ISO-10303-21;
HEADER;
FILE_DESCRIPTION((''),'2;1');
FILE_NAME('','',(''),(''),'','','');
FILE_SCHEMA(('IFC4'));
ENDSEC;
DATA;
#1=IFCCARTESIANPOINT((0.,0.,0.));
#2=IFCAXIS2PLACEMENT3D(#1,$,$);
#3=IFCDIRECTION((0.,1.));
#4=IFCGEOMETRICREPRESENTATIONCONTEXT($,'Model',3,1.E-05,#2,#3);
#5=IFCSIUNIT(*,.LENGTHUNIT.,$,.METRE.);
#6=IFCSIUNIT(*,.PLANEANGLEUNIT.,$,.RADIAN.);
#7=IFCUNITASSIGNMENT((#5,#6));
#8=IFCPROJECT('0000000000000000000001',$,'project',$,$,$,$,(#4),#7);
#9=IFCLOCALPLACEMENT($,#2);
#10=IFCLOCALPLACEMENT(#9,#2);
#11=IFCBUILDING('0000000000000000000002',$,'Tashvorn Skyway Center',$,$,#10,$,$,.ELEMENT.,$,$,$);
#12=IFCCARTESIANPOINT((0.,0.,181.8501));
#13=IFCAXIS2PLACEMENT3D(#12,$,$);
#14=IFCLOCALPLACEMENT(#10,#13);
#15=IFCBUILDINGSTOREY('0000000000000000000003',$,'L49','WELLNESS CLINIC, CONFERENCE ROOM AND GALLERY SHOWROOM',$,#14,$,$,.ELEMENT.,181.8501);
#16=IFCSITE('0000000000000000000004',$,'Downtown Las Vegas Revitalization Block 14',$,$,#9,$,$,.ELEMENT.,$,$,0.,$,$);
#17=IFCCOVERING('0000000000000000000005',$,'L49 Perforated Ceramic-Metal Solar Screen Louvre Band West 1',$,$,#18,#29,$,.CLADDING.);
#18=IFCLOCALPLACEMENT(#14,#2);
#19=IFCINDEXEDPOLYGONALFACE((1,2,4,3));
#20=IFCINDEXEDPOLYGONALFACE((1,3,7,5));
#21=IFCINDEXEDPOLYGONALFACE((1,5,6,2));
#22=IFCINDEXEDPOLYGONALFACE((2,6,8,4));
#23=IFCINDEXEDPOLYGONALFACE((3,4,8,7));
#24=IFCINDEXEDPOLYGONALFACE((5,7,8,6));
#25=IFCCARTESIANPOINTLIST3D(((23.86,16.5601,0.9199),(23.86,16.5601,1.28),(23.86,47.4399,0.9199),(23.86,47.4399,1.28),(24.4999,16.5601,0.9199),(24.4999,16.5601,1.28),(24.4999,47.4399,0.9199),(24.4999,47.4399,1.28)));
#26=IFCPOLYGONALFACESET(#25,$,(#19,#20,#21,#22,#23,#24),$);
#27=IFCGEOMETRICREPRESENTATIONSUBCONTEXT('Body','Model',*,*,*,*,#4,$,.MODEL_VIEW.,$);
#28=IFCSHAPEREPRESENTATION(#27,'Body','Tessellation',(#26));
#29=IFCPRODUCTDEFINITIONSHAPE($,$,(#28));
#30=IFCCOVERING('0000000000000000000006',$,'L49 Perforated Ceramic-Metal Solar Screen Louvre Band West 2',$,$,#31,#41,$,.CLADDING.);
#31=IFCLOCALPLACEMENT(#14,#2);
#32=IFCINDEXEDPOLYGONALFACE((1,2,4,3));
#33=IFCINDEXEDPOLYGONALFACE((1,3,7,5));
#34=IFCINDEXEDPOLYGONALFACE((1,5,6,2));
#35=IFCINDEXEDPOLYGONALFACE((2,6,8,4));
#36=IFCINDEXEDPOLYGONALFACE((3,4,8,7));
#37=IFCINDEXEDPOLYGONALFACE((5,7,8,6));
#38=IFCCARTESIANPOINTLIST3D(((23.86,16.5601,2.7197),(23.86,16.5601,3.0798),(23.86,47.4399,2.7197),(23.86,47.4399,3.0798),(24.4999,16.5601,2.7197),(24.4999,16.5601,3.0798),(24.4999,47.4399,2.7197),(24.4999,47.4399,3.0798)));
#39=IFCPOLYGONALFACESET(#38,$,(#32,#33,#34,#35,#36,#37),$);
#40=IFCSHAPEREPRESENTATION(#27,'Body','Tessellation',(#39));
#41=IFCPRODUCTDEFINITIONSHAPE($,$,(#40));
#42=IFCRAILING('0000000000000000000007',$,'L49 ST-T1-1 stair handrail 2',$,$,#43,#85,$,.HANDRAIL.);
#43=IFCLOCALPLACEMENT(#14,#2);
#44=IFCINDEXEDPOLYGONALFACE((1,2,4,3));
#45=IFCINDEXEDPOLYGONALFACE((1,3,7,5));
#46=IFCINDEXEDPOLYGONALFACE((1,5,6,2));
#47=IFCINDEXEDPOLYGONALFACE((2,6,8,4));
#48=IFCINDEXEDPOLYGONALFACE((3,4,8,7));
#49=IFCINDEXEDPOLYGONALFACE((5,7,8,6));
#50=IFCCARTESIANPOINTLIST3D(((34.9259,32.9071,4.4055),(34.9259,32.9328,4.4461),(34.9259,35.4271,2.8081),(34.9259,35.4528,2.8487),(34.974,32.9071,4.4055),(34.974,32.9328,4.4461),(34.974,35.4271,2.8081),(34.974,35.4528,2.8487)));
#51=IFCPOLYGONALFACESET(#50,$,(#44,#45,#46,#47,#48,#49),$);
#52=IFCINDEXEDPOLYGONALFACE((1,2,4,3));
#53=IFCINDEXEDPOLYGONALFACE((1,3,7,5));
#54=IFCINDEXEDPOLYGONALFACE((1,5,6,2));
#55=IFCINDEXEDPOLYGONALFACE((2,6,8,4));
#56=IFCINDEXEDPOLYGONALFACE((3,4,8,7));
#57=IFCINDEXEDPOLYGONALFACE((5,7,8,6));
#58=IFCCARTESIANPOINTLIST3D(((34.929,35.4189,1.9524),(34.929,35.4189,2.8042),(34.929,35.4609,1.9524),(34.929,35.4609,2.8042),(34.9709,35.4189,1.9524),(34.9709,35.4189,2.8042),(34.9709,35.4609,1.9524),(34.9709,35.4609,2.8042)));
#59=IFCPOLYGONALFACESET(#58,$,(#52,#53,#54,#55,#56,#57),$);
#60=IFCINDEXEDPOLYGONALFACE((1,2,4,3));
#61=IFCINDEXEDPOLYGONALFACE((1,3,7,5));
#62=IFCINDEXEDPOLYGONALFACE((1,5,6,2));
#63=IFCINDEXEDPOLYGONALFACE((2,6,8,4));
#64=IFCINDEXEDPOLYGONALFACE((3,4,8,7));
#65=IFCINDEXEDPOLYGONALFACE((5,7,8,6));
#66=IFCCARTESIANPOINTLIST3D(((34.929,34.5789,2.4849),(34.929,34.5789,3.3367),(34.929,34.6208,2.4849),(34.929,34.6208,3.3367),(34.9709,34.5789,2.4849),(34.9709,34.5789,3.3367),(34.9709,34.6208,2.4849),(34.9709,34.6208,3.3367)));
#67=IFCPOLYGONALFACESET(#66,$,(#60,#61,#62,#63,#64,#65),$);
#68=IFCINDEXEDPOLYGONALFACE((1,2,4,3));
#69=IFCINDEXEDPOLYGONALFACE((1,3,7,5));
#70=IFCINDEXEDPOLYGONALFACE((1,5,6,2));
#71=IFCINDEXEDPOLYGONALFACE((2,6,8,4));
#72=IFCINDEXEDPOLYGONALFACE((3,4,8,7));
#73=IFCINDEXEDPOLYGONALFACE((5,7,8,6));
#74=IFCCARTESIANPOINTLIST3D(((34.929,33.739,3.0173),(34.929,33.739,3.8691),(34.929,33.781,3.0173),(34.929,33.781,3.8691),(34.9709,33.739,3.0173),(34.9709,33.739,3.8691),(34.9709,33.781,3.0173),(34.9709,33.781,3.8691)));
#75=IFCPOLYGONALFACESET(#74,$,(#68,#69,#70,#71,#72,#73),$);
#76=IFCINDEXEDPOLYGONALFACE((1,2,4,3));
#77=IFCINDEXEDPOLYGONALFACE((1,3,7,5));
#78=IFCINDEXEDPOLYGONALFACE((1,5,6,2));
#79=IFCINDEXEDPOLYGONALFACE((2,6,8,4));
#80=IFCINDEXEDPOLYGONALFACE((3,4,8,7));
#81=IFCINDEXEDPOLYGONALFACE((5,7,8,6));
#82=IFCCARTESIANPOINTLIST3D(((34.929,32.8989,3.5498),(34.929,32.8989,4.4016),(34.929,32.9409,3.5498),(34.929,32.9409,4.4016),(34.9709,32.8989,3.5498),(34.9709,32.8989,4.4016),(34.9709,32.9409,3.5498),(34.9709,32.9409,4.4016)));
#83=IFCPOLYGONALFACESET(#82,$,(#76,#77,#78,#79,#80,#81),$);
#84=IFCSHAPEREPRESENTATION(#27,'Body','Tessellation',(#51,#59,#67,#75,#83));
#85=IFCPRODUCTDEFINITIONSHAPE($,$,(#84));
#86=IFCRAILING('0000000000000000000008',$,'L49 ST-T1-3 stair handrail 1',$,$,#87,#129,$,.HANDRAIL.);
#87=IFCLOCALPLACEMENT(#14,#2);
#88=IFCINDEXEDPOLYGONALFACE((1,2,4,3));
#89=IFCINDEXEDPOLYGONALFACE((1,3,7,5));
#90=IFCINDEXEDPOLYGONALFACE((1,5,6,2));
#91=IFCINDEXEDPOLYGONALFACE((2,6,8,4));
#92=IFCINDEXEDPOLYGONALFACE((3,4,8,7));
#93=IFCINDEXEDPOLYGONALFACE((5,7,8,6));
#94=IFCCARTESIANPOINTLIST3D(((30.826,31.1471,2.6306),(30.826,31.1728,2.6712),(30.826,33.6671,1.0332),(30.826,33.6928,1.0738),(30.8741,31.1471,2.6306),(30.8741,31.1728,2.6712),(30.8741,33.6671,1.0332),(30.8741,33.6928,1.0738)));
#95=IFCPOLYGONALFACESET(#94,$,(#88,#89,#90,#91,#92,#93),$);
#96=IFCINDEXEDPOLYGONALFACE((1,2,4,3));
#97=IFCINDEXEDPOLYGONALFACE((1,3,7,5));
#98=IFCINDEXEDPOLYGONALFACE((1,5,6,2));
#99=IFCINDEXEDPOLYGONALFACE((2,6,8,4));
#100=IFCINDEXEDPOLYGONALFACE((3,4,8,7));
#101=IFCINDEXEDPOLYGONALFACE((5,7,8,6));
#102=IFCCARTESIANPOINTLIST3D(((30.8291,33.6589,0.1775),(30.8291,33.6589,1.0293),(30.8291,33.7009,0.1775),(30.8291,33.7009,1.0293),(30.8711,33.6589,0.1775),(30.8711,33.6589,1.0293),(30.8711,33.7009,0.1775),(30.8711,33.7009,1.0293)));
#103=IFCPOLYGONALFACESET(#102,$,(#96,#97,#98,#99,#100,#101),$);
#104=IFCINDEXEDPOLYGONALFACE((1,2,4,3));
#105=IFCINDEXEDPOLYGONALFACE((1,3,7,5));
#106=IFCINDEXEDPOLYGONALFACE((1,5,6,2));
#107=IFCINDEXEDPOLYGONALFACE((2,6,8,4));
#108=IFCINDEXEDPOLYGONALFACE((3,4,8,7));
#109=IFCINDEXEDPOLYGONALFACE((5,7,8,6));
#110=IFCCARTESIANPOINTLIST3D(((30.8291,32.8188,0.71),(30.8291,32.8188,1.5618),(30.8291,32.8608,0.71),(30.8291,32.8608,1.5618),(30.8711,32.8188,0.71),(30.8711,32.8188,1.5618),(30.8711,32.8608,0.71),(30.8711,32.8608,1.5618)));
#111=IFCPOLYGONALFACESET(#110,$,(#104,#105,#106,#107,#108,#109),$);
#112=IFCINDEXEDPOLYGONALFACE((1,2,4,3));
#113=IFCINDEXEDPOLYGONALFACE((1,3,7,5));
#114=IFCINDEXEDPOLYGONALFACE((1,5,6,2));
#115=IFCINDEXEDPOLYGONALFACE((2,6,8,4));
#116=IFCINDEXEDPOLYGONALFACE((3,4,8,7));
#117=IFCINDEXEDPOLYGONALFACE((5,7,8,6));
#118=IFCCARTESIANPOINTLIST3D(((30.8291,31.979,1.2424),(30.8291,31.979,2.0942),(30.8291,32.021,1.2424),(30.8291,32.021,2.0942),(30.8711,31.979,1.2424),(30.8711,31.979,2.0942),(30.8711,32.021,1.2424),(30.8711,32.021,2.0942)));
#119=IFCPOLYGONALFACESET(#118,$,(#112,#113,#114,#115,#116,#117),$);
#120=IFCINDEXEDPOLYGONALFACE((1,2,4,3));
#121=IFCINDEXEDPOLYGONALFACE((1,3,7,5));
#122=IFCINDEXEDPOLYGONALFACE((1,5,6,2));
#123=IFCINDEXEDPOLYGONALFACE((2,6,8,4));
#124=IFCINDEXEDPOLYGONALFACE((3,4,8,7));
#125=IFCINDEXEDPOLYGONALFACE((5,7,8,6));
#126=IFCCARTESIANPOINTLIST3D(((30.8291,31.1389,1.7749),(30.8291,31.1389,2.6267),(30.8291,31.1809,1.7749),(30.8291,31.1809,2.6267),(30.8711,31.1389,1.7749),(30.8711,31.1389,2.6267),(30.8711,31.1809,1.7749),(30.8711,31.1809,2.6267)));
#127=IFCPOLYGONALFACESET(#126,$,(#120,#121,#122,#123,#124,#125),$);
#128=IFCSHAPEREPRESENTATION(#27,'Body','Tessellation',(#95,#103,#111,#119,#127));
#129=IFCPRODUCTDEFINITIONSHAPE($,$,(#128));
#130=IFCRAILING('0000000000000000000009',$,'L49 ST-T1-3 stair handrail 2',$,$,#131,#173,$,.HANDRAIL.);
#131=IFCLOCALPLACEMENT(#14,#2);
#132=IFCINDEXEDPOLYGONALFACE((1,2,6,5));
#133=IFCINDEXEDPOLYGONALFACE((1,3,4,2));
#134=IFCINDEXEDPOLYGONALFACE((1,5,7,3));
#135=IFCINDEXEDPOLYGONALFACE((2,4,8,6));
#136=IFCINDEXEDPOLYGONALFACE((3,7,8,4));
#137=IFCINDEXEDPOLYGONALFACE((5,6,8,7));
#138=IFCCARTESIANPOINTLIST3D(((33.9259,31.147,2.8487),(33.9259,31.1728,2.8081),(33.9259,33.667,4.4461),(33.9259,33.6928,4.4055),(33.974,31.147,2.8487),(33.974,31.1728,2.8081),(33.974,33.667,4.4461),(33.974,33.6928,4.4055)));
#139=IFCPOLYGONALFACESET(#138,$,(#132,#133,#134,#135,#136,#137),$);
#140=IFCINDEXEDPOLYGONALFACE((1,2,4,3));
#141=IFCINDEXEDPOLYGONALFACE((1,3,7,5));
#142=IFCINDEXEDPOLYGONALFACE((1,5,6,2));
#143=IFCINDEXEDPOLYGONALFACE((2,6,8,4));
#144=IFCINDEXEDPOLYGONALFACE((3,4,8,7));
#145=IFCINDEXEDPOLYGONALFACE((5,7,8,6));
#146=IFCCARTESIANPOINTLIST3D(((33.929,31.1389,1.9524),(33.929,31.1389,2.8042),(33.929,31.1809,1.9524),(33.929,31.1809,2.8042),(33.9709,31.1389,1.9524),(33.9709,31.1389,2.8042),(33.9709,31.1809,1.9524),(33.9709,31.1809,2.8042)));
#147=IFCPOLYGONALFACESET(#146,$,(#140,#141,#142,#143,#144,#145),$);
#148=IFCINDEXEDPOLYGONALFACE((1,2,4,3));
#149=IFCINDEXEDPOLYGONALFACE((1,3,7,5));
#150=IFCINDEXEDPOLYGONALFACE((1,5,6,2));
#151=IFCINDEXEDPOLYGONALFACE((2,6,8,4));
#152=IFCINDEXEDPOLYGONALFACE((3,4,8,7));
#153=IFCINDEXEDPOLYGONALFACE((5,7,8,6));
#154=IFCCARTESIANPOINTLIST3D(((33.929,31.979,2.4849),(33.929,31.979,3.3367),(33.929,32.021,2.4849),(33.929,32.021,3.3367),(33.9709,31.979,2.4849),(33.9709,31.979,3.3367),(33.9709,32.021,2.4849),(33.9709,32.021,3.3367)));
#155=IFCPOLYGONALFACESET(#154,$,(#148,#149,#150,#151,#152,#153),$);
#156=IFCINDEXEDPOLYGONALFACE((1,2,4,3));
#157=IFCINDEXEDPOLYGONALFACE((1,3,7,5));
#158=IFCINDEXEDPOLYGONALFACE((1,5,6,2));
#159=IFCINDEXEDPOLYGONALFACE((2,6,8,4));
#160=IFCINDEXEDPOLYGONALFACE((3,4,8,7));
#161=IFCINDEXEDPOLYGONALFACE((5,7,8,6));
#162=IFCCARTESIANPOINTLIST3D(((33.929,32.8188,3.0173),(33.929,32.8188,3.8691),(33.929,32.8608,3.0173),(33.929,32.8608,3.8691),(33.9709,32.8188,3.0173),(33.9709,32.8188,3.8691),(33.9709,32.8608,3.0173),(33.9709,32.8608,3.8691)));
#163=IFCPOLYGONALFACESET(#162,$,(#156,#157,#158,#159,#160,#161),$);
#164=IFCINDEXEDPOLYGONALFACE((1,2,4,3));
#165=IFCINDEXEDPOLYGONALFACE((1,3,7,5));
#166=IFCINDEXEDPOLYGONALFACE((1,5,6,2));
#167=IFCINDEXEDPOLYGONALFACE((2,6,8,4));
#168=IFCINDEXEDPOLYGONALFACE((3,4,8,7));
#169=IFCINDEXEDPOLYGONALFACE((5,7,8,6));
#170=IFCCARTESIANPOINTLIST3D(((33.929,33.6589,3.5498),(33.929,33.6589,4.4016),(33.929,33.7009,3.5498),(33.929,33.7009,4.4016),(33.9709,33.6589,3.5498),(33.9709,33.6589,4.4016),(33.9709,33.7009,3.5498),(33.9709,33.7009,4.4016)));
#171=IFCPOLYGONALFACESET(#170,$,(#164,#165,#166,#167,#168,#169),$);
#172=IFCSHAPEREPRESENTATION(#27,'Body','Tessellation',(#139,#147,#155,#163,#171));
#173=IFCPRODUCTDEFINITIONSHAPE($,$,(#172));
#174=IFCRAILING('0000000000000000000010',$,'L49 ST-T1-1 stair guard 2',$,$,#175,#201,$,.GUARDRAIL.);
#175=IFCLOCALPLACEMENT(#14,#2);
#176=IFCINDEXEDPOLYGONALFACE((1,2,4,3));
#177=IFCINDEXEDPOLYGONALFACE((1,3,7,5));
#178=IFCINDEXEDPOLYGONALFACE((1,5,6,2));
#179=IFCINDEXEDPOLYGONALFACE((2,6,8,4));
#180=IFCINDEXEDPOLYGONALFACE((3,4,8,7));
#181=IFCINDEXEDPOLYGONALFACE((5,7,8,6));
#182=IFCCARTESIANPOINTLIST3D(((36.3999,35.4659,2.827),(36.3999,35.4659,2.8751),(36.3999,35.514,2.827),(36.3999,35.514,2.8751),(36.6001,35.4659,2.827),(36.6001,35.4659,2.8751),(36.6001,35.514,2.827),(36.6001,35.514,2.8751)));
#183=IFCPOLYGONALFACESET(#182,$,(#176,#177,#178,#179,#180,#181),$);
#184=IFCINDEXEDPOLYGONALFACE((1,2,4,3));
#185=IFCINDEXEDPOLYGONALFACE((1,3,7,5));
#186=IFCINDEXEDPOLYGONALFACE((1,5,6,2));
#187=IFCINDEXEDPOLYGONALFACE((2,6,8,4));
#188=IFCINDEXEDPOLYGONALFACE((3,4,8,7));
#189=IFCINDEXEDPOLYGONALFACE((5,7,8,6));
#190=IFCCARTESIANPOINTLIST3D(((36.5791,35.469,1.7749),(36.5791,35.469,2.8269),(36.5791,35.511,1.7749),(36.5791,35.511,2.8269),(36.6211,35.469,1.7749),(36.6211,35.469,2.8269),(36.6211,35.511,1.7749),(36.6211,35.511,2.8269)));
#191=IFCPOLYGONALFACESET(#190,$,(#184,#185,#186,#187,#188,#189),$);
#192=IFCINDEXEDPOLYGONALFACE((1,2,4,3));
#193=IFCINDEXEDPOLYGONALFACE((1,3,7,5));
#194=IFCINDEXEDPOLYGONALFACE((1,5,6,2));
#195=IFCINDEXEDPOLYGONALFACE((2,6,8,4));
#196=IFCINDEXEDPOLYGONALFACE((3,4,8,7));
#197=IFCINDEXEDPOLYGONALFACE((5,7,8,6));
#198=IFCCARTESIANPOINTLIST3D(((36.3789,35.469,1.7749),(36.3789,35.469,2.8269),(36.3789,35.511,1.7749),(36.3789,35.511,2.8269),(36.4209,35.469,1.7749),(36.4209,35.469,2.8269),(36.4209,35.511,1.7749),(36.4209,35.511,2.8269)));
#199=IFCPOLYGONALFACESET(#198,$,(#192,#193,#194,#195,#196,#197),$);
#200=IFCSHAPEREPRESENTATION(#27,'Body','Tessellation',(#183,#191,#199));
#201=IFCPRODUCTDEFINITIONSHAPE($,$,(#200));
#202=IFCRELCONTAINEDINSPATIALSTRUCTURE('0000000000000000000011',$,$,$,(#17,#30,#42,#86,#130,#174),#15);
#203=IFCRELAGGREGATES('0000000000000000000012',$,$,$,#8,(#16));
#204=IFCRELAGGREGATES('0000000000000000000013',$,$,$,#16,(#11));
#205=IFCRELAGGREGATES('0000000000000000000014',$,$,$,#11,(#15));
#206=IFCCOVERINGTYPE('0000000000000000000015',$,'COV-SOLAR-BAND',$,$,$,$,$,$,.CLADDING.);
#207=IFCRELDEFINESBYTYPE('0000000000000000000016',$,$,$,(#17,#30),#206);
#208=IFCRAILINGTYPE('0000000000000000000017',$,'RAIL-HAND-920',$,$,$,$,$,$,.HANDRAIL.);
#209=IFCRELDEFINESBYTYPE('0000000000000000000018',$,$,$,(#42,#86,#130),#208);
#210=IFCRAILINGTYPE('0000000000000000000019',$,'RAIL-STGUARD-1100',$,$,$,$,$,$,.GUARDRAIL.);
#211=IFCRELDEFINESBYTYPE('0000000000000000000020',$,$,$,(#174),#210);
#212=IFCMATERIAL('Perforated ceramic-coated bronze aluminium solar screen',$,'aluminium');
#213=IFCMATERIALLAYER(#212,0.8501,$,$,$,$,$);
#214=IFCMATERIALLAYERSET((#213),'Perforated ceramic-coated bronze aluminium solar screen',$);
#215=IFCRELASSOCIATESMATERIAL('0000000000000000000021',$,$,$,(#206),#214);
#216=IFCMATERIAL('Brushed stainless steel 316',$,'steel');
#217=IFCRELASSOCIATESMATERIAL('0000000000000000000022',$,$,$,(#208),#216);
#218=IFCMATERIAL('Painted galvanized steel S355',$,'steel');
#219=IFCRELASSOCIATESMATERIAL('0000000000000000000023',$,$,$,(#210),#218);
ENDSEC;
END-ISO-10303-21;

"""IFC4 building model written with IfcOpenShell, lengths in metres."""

from ifc_helpers import new_model, si_unit, direction, frame, origin, origin_2d, place, context, subcontext, project, spatial, rectangle, extrude, material, layer, layer_set, type_object, element, save


model = new_model("IFC4")

# Units and contexts
model_context = context("Model", 3, precision=1e-05, world=origin(), true_north=direction((0.0, 1.0)))
body_context = subcontext(model_context, "Body", "Model", "MODEL_VIEW")
ifc_project = project(units=[si_unit("LENGTHUNIT", "METRE"), si_unit("PLANEANGLEUNIT", "RADIAN")], contexts=[model_context])

# Site, building, storey
site_placement = place(None, origin())
site = spatial("IfcSite", under=ifc_project, at=site_placement, Name="Downtown Las Vegas Revitalization Block 14", CompositionType="ELEMENT", RefElevation=0.0)
building_placement = place(site_placement, origin())
building = spatial("IfcBuilding", under=site, at=building_placement, Name="Tashvorn Skyway Center", CompositionType="ELEMENT")
storey_placement = place(building_placement, frame((0.0, 0.0, 181.8501)))
storey = spatial("IfcBuildingStorey", under=building, at=storey_placement, Name="L49", Description="WELLNESS CLINIC, CONFERENCE ROOM AND GALLERY SHOWROOM", CompositionType="ELEMENT", Elevation=181.8501)

# Coverings
ifc_material_1 = material(Name="Perforated ceramic-coated bronze aluminium solar screen", Category="aluminium")
ifc_layer_1 = layer(ifc_material_1, 0.8501)
ifc_layer_set_1 = layer_set([ifc_layer_1], Name="Perforated ceramic-coated bronze aluminium solar screen")
covering_type_1 = type_object("IfcCoveringType", Name="COV-SOLAR-BAND", PredefinedType="CLADDING", material=ifc_layer_set_1)
for number, where, z_axis, x_axis, name in (
    (1, (24.1799, 32.0, 0.9199), (0.0, 0.0, 1.0), (0.0, 1.0, 0.0), "L49 Perforated Ceramic-Metal Solar Screen Louvre Band West 1"),
    (2, (24.1799, 32.0, 2.7197), (0.0, 0.0, 1.0), (0.0, 1.0, 0.0), "L49 Perforated Ceramic-Metal Solar Screen Louvre Band West 2"),
):
    element("IfcCovering", number, at=place(storey_placement, frame(where, z_axis=z_axis, x_axis=x_axis)), inside=storey, type_object=covering_type_1, Name=name, PredefinedType="CLADDING", context=body_context, shape_type="SweptSolid", body=[
        extrude(rectangle(XDim=30.8799, YDim=0.6399, at=origin_2d()), origin(), (0.0, 0.0, 1.0), 0.3601),
    ])

# Railings
ifc_material_2 = material(Name="Brushed stainless steel 316", Category="steel")
railing_type_1 = type_object("IfcRailingType", Name="RAIL-HAND-920", PredefinedType="HANDRAIL", material=ifc_material_2)
for number, where, name in (
    (3, (34.95, 35.4399, 1.9524), "L49 ST-T1-1 stair handrail 2"),
    (4, (30.8501, 33.6799, 0.1775), "L49 ST-T1-3 stair handrail 1"),
):
    element("IfcRailing", number, at=place(storey_placement, frame(where)), inside=storey, type_object=railing_type_1, Name=name, PredefinedType="HANDRAIL", context=body_context, shape_type="SweptSolid", body=[
        extrude(rectangle(XDim=0.0481, YDim=0.0481, at=origin_2d()), frame((0.0, 0.0, 0.876), z_axis=(0.0, -0.844607, 0.535387), x_axis=(1.0, 0.0, 0.0)), (0.0, 0.0, 1.0), 2.9836),
        extrude(rectangle(XDim=0.042, YDim=0.042, at=origin_2d()), origin(), (0.0, 0.0, 1.0), 0.8518),
        extrude(rectangle(XDim=0.042, YDim=0.042, at=origin_2d()), frame((0.0, -0.8401, 0.5325)), (0.0, 0.0, 1.0), 0.8518),
        extrude(rectangle(XDim=0.042, YDim=0.042, at=origin_2d()), frame((0.0, -1.6799, 1.0649)), (0.0, 0.0, 1.0), 0.8518),
        extrude(rectangle(XDim=0.042, YDim=0.042, at=origin_2d()), frame((0.0, -2.52, 1.5974)), (0.0, 0.0, 1.0), 0.8518),
    ])
railing_1_placement = place(storey_placement, frame((33.95, 31.1599, 1.9524)))
element("IfcRailing", 5, at=railing_1_placement, inside=storey, type_object=railing_type_1, Name="L49 ST-T1-3 stair handrail 2", PredefinedType="HANDRAIL", context=body_context, shape_type="SweptSolid", body=[
    extrude(rectangle(XDim=0.0481, YDim=0.0481, at=origin_2d()), frame((0.0, 0.0, 0.876), z_axis=(0.0, 0.844607, 0.535387), x_axis=(-1.0, 0.0, 0.0)), (0.0, 0.0, 1.0), 2.9836),
    extrude(rectangle(XDim=0.042, YDim=0.042, at=origin_2d()), origin(), (0.0, 0.0, 1.0), 0.8518),
    extrude(rectangle(XDim=0.042, YDim=0.042, at=origin_2d()), frame((0.0, 0.8401, 0.5325)), (0.0, 0.0, 1.0), 0.8518),
    extrude(rectangle(XDim=0.042, YDim=0.042, at=origin_2d()), frame((0.0, 1.6799, 1.0649)), (0.0, 0.0, 1.0), 0.8518),
    extrude(rectangle(XDim=0.042, YDim=0.042, at=origin_2d()), frame((0.0, 2.52, 1.5974)), (0.0, 0.0, 1.0), 0.8518),
])
ifc_material_3 = material(Name="Painted galvanized steel S355", Category="steel")
railing_type_2 = type_object("IfcRailingType", Name="RAIL-STGUARD-1100", PredefinedType="GUARDRAIL", material=ifc_material_3)
railing_2_placement = place(storey_placement, frame((36.6001, 35.49, 1.7749)))
element("IfcRailing", 6, at=railing_2_placement, inside=storey, type_object=railing_type_2, Name="L49 ST-T1-1 stair guard 2", PredefinedType="GUARDRAIL", context=body_context, shape_type="SweptSolid", body=[
    extrude(rectangle(XDim=0.0481, YDim=0.0481, at=origin_2d()), frame((0.0, 0.0, 1.0762), z_axis=(-1.0, 0.0, 0.0), x_axis=(0.0, -1.0, 0.0)), (0.0, 0.0, 1.0), 0.2002),
    extrude(rectangle(XDim=0.042, YDim=0.042, at=origin_2d()), origin(), (0.0, 0.0, 1.0), 1.052),
    extrude(rectangle(XDim=0.042, YDim=0.042, at=origin_2d()), frame((-0.2002, 0.0, 0.0)), (0.0, 0.0, 1.0), 1.052),
])

save(model, "model.ifc")
